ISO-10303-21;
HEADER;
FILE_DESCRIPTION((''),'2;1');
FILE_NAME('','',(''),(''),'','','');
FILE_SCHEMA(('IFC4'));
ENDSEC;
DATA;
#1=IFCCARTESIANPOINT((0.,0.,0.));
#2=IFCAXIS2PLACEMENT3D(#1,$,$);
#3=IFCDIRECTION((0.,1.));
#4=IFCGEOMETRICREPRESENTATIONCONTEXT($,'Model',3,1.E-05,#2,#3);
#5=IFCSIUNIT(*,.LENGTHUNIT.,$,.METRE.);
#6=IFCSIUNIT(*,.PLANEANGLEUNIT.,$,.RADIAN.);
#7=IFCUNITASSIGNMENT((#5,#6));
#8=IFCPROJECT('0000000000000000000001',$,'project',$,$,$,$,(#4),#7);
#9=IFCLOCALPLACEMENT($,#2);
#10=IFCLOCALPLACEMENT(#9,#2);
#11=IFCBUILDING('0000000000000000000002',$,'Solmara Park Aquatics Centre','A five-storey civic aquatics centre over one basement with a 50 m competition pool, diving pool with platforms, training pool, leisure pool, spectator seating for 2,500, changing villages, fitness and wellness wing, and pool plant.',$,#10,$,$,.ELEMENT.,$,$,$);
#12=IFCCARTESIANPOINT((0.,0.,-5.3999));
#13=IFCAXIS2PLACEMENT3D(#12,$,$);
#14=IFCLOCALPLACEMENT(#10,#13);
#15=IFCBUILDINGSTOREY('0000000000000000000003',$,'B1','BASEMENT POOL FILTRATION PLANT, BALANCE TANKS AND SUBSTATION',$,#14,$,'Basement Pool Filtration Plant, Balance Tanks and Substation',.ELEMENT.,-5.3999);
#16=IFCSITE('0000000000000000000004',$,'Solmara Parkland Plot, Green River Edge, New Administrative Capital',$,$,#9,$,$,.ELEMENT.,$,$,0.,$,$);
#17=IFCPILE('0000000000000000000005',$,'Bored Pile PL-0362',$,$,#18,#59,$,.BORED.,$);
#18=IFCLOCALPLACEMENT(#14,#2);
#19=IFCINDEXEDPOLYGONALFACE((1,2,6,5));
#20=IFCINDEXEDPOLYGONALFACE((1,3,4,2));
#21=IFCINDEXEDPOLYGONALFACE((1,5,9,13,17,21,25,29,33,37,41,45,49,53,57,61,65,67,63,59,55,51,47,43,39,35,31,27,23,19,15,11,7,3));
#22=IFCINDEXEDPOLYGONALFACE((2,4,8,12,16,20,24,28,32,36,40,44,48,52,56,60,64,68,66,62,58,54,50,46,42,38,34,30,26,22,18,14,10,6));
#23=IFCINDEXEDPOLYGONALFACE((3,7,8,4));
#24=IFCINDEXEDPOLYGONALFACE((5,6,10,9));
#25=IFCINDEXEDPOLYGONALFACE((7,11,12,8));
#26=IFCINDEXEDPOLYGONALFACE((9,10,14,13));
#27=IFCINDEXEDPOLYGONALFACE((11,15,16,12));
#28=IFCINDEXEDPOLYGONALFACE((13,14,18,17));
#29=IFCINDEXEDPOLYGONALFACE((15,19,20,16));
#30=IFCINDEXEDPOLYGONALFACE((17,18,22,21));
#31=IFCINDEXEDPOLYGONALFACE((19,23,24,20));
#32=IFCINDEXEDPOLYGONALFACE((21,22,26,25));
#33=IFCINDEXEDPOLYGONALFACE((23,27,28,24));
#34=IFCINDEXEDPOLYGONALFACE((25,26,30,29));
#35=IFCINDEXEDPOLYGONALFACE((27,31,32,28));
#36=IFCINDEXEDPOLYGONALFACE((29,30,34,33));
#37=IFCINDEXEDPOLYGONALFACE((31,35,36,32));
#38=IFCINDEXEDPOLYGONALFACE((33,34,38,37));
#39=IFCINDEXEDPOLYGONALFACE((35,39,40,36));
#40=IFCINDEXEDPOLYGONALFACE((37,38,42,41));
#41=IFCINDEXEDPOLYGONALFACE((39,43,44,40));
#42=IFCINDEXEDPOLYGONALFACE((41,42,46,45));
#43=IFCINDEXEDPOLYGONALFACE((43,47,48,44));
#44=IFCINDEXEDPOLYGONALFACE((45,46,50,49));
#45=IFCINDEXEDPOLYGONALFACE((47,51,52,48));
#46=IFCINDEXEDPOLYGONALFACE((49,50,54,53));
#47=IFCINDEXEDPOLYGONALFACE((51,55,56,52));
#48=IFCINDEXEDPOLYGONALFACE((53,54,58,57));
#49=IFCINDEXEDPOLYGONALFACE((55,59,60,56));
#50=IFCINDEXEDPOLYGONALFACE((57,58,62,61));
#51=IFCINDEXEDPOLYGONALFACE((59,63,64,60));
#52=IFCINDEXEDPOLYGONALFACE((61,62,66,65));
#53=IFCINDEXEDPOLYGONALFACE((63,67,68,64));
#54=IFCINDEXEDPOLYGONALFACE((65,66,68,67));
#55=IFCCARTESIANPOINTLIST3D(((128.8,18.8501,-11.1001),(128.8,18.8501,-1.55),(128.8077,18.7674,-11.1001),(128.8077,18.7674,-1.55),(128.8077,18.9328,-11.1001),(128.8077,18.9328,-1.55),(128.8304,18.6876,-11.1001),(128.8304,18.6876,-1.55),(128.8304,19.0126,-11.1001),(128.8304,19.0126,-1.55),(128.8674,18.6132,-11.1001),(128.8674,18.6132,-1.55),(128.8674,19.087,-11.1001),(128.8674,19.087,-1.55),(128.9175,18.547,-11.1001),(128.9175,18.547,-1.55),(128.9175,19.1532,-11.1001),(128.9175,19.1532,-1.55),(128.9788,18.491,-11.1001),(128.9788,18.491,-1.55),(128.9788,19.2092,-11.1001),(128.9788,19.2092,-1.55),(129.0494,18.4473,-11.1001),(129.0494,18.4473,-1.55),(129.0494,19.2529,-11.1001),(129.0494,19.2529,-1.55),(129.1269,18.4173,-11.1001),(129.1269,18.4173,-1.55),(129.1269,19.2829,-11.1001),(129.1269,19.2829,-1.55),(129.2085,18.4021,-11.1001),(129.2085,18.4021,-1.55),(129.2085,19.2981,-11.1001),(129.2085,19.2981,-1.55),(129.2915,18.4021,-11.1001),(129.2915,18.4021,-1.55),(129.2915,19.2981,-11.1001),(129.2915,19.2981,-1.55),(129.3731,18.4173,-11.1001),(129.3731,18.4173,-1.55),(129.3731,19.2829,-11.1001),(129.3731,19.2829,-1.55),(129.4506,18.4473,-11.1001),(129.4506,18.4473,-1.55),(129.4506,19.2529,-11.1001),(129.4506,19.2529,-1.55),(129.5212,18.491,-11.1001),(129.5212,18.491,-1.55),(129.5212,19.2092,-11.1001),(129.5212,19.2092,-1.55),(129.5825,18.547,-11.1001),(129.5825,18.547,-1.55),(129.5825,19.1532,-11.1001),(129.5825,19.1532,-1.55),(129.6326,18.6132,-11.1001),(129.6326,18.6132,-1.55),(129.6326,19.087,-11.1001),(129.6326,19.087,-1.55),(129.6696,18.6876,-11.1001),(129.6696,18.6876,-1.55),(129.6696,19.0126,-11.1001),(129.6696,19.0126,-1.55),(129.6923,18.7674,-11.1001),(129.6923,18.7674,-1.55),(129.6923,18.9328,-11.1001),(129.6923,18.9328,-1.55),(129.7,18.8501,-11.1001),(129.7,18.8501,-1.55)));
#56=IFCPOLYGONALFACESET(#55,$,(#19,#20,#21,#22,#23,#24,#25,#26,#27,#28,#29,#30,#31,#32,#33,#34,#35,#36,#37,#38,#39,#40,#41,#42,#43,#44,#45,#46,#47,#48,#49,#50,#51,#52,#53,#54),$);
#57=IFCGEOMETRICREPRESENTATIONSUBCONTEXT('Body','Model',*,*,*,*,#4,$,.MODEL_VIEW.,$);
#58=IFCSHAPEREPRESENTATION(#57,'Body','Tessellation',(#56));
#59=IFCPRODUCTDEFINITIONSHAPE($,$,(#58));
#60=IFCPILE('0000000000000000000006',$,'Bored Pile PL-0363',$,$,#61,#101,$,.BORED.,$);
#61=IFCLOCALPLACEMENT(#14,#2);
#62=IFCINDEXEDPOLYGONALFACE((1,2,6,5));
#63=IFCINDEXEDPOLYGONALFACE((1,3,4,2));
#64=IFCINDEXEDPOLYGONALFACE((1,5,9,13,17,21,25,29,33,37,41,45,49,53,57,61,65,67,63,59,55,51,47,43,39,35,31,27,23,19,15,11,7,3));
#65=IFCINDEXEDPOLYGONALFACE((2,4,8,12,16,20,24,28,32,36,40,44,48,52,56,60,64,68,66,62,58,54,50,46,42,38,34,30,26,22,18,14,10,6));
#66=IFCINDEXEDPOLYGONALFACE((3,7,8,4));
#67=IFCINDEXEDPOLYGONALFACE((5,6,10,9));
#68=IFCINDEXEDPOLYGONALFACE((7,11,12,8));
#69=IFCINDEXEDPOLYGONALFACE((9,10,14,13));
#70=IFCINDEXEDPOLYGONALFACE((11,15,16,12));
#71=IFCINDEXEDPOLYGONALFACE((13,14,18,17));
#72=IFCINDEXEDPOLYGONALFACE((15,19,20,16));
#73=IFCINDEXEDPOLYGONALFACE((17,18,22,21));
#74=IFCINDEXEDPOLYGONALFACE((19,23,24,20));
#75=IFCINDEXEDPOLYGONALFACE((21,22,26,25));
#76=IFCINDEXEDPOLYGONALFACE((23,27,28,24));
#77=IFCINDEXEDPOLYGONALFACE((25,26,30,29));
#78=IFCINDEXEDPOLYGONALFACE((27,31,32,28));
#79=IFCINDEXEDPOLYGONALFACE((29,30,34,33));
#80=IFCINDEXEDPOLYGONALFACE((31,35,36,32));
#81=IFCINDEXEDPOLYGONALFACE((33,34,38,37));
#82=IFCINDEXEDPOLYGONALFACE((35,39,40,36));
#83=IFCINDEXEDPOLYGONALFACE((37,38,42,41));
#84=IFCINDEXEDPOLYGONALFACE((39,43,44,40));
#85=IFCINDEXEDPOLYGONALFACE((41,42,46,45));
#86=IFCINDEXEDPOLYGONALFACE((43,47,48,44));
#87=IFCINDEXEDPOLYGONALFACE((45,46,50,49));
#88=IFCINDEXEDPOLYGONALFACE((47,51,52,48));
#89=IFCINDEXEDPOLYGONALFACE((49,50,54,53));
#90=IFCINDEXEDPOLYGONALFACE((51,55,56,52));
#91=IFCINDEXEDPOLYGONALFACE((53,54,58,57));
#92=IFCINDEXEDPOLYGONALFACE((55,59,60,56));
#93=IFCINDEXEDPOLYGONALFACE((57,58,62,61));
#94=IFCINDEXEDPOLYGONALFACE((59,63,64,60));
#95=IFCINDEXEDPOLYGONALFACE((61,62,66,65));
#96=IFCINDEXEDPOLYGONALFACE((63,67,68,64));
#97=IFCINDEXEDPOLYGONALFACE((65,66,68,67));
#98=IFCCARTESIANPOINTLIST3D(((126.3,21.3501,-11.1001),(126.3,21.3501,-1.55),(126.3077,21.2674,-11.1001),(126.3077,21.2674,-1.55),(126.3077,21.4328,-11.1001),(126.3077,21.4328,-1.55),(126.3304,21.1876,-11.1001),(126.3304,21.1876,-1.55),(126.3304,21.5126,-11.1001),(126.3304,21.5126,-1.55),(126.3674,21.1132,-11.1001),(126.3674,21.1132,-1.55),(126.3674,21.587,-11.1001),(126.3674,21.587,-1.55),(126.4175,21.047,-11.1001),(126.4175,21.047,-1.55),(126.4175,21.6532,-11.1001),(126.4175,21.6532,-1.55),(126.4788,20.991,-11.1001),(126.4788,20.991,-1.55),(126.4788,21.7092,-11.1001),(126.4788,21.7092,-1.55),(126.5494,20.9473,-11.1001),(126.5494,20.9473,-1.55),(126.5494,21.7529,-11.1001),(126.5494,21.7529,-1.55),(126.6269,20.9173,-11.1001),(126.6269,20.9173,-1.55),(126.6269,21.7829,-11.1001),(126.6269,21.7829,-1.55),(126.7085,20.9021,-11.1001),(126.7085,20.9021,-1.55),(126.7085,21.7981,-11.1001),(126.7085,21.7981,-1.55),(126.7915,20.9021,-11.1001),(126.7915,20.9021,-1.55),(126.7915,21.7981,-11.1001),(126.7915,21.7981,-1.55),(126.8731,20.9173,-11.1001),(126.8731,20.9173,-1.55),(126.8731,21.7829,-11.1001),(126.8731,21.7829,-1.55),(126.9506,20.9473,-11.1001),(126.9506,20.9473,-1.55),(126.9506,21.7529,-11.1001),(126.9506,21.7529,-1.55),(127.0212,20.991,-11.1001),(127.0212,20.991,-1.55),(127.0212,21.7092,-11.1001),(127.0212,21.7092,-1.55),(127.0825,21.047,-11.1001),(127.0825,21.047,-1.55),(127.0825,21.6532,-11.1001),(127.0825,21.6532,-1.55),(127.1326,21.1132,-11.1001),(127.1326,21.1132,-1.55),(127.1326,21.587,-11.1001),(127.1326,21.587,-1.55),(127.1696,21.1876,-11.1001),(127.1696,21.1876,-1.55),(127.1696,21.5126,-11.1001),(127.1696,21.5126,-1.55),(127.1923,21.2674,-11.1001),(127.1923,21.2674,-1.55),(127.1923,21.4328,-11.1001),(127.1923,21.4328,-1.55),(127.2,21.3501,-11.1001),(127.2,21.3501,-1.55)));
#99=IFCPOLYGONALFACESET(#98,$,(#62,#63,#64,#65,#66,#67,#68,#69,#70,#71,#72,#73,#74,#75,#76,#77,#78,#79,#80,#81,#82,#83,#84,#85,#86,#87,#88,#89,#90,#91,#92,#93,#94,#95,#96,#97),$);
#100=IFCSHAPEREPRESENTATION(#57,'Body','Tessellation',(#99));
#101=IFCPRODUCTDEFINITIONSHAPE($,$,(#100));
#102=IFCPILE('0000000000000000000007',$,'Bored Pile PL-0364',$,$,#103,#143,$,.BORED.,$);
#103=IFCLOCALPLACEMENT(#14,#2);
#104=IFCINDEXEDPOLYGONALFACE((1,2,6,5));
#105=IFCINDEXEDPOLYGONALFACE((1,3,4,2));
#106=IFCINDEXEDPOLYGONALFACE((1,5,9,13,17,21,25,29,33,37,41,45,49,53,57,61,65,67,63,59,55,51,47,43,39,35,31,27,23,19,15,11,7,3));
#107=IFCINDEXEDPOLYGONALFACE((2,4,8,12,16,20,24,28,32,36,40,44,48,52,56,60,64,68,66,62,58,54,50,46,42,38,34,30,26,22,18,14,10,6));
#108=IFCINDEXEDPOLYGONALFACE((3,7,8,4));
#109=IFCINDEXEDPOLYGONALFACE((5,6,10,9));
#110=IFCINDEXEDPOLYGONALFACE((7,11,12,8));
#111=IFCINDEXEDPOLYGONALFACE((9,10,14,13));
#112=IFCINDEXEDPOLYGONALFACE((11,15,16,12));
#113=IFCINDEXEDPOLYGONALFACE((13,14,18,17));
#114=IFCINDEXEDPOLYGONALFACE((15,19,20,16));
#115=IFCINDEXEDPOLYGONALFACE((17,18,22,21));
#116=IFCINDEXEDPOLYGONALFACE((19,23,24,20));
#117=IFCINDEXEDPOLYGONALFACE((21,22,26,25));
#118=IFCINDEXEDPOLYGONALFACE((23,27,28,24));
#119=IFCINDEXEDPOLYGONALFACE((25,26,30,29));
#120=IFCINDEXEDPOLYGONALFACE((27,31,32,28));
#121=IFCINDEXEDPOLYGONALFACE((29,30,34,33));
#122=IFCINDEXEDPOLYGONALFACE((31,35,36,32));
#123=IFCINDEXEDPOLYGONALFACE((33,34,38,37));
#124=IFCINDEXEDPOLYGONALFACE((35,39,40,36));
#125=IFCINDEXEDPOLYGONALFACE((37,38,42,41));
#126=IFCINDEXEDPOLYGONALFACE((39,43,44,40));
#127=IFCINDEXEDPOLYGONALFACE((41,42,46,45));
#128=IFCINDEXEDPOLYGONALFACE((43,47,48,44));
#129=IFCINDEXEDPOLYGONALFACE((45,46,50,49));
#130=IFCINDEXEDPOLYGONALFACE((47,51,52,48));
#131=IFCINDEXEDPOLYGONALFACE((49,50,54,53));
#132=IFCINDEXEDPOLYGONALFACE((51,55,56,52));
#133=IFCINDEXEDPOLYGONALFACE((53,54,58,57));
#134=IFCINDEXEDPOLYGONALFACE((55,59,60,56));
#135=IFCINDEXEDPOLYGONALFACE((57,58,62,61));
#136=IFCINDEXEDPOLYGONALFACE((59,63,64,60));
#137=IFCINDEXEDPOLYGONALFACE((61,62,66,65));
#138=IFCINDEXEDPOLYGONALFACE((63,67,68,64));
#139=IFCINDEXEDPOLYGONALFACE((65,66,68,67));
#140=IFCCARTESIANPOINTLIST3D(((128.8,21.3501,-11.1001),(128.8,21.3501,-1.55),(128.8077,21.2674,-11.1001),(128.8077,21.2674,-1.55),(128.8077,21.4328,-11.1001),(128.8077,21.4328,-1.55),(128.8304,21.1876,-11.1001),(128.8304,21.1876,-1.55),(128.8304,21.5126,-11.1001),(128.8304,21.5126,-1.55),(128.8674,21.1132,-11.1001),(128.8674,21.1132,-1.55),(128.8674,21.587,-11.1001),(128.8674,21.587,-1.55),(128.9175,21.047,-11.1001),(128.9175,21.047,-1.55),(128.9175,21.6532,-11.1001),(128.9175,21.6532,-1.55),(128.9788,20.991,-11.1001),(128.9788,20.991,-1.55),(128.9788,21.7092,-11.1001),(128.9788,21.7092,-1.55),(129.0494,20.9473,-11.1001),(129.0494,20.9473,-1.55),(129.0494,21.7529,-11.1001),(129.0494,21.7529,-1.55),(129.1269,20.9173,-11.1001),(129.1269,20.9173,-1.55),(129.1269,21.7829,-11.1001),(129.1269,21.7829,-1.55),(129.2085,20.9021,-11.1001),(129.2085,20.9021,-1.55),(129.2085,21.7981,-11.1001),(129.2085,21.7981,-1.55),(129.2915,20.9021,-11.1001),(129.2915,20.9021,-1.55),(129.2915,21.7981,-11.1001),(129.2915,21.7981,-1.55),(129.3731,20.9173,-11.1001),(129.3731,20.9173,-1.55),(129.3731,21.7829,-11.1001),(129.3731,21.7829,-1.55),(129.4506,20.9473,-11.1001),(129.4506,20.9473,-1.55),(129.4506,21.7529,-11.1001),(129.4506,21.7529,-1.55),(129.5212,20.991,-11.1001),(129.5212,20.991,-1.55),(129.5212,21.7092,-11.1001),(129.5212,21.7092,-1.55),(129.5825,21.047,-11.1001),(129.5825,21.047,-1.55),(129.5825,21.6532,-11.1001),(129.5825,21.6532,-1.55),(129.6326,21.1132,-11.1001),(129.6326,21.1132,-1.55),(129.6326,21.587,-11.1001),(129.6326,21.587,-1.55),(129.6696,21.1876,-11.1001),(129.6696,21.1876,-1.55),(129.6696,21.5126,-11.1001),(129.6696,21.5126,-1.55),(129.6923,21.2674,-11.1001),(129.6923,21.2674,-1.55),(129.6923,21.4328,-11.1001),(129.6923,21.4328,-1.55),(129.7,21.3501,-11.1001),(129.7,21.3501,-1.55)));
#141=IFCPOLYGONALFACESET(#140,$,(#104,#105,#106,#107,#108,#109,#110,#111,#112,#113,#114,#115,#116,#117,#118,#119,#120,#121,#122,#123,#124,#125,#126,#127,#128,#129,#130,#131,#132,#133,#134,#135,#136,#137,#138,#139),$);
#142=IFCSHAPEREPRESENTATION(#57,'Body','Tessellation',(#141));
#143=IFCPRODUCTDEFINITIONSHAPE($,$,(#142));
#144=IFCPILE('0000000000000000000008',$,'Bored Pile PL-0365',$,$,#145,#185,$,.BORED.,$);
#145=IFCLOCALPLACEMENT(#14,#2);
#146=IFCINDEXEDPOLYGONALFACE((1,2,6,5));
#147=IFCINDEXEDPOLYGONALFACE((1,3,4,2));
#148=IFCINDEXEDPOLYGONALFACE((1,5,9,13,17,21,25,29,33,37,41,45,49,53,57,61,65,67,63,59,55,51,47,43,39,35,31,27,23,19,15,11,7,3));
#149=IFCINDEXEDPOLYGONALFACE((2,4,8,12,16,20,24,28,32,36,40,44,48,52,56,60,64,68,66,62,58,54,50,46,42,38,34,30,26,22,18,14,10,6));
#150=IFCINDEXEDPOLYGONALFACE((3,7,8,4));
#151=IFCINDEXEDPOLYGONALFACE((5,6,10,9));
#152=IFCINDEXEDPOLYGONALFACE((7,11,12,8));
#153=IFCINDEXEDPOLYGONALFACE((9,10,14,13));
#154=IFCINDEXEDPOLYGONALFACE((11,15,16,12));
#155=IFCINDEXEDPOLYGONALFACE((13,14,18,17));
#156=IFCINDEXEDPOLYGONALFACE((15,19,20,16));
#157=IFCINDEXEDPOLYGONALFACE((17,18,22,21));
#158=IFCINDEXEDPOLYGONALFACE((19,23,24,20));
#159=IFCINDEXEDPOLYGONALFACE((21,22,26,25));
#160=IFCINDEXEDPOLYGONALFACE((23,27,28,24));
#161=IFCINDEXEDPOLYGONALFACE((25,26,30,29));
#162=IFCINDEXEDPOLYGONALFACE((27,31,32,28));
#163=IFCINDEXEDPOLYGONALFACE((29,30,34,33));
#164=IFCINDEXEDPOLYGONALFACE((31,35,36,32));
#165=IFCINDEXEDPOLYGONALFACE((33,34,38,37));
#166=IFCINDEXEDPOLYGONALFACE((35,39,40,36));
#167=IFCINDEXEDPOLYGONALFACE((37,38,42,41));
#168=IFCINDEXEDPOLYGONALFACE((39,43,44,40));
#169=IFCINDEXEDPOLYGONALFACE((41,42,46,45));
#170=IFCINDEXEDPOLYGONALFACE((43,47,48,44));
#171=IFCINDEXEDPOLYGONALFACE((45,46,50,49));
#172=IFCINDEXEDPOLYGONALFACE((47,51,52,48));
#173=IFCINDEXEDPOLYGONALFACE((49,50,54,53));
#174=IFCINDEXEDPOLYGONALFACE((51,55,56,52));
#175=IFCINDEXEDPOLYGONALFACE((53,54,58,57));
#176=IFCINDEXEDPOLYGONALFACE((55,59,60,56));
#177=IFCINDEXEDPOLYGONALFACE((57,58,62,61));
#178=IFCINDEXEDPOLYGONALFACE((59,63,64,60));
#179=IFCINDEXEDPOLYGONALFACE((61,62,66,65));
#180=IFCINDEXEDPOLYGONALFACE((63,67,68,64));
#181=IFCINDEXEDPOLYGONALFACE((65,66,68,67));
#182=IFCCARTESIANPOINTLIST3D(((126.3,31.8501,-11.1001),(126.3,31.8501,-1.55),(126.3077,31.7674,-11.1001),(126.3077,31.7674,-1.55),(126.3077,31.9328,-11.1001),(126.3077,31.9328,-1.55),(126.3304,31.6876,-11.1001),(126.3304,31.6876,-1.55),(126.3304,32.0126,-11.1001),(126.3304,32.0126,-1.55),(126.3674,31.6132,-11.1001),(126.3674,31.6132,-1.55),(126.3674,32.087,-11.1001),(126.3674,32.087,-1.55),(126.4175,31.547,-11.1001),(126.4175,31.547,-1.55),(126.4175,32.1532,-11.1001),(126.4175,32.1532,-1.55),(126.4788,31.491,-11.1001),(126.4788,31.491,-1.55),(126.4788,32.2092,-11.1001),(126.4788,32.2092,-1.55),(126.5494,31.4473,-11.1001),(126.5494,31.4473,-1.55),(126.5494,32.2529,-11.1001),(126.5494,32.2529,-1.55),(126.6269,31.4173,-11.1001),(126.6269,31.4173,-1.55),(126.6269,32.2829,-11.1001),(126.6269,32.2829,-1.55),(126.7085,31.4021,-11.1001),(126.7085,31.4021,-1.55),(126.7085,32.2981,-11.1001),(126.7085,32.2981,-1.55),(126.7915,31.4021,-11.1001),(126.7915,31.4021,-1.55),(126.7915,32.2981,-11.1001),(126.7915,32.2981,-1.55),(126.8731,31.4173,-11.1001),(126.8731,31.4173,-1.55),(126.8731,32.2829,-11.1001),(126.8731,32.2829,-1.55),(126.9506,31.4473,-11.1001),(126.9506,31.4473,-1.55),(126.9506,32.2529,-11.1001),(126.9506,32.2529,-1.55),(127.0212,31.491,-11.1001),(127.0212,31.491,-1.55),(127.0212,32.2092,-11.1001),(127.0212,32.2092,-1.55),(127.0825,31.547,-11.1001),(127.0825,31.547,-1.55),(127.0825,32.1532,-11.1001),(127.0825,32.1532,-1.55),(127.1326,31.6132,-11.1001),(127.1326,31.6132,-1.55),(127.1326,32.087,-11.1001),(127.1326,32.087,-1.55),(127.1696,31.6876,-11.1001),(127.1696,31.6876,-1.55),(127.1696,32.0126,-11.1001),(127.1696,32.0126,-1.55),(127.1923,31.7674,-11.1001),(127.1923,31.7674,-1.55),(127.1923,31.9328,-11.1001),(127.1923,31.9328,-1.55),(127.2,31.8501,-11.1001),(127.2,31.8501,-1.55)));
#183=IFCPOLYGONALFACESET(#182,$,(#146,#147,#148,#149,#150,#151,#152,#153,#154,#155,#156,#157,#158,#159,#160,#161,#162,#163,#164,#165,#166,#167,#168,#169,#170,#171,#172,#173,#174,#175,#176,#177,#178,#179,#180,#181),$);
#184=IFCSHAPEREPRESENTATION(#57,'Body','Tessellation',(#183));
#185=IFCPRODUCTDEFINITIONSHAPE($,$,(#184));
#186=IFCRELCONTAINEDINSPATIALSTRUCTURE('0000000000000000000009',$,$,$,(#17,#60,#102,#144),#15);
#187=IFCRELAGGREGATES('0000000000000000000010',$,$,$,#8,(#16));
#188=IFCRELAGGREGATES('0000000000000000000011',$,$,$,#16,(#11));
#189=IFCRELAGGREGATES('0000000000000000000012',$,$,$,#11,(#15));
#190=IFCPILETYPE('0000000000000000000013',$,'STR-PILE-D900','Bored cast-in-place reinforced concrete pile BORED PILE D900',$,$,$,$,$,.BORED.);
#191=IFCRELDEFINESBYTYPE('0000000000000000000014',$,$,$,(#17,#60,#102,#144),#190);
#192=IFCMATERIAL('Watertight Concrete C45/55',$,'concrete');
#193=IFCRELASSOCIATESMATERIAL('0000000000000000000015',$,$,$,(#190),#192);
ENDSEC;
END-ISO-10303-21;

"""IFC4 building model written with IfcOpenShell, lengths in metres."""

from ifc_helpers import new_model, si_unit, direction, frame, origin, origin_2d, place, context, subcontext, project, spatial, circle, extrude, material, material_profile, profile_set, type_object, element, save


model = new_model("IFC4")

# Units and contexts
model_context = context("Model", 3, precision=1e-05, world=origin(), true_north=direction((0.0, 1.0)))
body_context = subcontext(model_context, "Body", "Model", "MODEL_VIEW")
ifc_project = project(units=[si_unit("LENGTHUNIT", "METRE"), si_unit("PLANEANGLEUNIT", "RADIAN")], contexts=[model_context])

# Site, building, storey
site_placement = place(None, origin())
site = spatial("IfcSite", under=ifc_project, at=site_placement, Name="Solmara Parkland Plot, Green River Edge, New Administrative Capital", CompositionType="ELEMENT", RefElevation=0.0)
building_placement = place(site_placement, origin())
building = spatial("IfcBuilding", under=site, at=building_placement, Name="Solmara Park Aquatics Centre", Description="A five-storey civic aquatics centre over one basement with a 50 m competition pool, diving pool with platforms, training pool, leisure pool, spectator seating for 2,500, changing villages, fitness and wellness wing, and pool plant.", CompositionType="ELEMENT")
storey_placement = place(building_placement, frame((0.0, 0.0, -5.3999)))
storey = spatial("IfcBuildingStorey", under=building, at=storey_placement, Name="B1", Description="BASEMENT POOL FILTRATION PLANT, BALANCE TANKS AND SUBSTATION", LongName="Basement Pool Filtration Plant, Balance Tanks and Substation", CompositionType="ELEMENT", Elevation=-5.3999)

# Shared definitions
ifc_material_1 = material(Name="Watertight Concrete C45/55", Category="concrete")

# Piles
ifc_material_profile_1 = material_profile(ifc_material_1, circle(Radius=0.45, at=origin_2d()), Name="BORED PILE D900")
ifc_profile_set_1 = profile_set([ifc_material_profile_1], Name="Watertight Concrete C45/55")
pile_type_1 = type_object("IfcPileType", Name="STR-PILE-D900", Description="Bored cast-in-place reinforced concrete pile BORED PILE D900", PredefinedType="BORED", material=ifc_profile_set_1)
for number, where, z_axis, x_axis, name in (
    (1, (129.25, 18.8501, -1.55), (0.0, 0.0, -1.0), (1.0, 0.0, 0.0), "Bored Pile PL-0362"),
    (2, (126.75, 21.3501, -1.55), (0.0, 0.0, -1.0), (1.0, 0.0, 0.0), "Bored Pile PL-0363"),
    (3, (129.25, 21.3501, -1.55), (0.0, 0.0, -1.0), (1.0, 0.0, 0.0), "Bored Pile PL-0364"),
    (4, (126.75, 31.8501, -1.55), (0.0, 0.0, -1.0), (1.0, 0.0, 0.0), "Bored Pile PL-0365"),
):
    element("IfcPile", number, at=place(storey_placement, frame(where, z_axis=z_axis, x_axis=x_axis)), inside=storey, type_object=pile_type_1, Name=name, PredefinedType="BORED", context=body_context, shape_type="SweptSolid", body=[
        extrude(circle(Radius=0.45, at=origin_2d()), origin(), (0.0, 0.0, 1.0), 9.55),
    ])

save(model, "model.ifc")
